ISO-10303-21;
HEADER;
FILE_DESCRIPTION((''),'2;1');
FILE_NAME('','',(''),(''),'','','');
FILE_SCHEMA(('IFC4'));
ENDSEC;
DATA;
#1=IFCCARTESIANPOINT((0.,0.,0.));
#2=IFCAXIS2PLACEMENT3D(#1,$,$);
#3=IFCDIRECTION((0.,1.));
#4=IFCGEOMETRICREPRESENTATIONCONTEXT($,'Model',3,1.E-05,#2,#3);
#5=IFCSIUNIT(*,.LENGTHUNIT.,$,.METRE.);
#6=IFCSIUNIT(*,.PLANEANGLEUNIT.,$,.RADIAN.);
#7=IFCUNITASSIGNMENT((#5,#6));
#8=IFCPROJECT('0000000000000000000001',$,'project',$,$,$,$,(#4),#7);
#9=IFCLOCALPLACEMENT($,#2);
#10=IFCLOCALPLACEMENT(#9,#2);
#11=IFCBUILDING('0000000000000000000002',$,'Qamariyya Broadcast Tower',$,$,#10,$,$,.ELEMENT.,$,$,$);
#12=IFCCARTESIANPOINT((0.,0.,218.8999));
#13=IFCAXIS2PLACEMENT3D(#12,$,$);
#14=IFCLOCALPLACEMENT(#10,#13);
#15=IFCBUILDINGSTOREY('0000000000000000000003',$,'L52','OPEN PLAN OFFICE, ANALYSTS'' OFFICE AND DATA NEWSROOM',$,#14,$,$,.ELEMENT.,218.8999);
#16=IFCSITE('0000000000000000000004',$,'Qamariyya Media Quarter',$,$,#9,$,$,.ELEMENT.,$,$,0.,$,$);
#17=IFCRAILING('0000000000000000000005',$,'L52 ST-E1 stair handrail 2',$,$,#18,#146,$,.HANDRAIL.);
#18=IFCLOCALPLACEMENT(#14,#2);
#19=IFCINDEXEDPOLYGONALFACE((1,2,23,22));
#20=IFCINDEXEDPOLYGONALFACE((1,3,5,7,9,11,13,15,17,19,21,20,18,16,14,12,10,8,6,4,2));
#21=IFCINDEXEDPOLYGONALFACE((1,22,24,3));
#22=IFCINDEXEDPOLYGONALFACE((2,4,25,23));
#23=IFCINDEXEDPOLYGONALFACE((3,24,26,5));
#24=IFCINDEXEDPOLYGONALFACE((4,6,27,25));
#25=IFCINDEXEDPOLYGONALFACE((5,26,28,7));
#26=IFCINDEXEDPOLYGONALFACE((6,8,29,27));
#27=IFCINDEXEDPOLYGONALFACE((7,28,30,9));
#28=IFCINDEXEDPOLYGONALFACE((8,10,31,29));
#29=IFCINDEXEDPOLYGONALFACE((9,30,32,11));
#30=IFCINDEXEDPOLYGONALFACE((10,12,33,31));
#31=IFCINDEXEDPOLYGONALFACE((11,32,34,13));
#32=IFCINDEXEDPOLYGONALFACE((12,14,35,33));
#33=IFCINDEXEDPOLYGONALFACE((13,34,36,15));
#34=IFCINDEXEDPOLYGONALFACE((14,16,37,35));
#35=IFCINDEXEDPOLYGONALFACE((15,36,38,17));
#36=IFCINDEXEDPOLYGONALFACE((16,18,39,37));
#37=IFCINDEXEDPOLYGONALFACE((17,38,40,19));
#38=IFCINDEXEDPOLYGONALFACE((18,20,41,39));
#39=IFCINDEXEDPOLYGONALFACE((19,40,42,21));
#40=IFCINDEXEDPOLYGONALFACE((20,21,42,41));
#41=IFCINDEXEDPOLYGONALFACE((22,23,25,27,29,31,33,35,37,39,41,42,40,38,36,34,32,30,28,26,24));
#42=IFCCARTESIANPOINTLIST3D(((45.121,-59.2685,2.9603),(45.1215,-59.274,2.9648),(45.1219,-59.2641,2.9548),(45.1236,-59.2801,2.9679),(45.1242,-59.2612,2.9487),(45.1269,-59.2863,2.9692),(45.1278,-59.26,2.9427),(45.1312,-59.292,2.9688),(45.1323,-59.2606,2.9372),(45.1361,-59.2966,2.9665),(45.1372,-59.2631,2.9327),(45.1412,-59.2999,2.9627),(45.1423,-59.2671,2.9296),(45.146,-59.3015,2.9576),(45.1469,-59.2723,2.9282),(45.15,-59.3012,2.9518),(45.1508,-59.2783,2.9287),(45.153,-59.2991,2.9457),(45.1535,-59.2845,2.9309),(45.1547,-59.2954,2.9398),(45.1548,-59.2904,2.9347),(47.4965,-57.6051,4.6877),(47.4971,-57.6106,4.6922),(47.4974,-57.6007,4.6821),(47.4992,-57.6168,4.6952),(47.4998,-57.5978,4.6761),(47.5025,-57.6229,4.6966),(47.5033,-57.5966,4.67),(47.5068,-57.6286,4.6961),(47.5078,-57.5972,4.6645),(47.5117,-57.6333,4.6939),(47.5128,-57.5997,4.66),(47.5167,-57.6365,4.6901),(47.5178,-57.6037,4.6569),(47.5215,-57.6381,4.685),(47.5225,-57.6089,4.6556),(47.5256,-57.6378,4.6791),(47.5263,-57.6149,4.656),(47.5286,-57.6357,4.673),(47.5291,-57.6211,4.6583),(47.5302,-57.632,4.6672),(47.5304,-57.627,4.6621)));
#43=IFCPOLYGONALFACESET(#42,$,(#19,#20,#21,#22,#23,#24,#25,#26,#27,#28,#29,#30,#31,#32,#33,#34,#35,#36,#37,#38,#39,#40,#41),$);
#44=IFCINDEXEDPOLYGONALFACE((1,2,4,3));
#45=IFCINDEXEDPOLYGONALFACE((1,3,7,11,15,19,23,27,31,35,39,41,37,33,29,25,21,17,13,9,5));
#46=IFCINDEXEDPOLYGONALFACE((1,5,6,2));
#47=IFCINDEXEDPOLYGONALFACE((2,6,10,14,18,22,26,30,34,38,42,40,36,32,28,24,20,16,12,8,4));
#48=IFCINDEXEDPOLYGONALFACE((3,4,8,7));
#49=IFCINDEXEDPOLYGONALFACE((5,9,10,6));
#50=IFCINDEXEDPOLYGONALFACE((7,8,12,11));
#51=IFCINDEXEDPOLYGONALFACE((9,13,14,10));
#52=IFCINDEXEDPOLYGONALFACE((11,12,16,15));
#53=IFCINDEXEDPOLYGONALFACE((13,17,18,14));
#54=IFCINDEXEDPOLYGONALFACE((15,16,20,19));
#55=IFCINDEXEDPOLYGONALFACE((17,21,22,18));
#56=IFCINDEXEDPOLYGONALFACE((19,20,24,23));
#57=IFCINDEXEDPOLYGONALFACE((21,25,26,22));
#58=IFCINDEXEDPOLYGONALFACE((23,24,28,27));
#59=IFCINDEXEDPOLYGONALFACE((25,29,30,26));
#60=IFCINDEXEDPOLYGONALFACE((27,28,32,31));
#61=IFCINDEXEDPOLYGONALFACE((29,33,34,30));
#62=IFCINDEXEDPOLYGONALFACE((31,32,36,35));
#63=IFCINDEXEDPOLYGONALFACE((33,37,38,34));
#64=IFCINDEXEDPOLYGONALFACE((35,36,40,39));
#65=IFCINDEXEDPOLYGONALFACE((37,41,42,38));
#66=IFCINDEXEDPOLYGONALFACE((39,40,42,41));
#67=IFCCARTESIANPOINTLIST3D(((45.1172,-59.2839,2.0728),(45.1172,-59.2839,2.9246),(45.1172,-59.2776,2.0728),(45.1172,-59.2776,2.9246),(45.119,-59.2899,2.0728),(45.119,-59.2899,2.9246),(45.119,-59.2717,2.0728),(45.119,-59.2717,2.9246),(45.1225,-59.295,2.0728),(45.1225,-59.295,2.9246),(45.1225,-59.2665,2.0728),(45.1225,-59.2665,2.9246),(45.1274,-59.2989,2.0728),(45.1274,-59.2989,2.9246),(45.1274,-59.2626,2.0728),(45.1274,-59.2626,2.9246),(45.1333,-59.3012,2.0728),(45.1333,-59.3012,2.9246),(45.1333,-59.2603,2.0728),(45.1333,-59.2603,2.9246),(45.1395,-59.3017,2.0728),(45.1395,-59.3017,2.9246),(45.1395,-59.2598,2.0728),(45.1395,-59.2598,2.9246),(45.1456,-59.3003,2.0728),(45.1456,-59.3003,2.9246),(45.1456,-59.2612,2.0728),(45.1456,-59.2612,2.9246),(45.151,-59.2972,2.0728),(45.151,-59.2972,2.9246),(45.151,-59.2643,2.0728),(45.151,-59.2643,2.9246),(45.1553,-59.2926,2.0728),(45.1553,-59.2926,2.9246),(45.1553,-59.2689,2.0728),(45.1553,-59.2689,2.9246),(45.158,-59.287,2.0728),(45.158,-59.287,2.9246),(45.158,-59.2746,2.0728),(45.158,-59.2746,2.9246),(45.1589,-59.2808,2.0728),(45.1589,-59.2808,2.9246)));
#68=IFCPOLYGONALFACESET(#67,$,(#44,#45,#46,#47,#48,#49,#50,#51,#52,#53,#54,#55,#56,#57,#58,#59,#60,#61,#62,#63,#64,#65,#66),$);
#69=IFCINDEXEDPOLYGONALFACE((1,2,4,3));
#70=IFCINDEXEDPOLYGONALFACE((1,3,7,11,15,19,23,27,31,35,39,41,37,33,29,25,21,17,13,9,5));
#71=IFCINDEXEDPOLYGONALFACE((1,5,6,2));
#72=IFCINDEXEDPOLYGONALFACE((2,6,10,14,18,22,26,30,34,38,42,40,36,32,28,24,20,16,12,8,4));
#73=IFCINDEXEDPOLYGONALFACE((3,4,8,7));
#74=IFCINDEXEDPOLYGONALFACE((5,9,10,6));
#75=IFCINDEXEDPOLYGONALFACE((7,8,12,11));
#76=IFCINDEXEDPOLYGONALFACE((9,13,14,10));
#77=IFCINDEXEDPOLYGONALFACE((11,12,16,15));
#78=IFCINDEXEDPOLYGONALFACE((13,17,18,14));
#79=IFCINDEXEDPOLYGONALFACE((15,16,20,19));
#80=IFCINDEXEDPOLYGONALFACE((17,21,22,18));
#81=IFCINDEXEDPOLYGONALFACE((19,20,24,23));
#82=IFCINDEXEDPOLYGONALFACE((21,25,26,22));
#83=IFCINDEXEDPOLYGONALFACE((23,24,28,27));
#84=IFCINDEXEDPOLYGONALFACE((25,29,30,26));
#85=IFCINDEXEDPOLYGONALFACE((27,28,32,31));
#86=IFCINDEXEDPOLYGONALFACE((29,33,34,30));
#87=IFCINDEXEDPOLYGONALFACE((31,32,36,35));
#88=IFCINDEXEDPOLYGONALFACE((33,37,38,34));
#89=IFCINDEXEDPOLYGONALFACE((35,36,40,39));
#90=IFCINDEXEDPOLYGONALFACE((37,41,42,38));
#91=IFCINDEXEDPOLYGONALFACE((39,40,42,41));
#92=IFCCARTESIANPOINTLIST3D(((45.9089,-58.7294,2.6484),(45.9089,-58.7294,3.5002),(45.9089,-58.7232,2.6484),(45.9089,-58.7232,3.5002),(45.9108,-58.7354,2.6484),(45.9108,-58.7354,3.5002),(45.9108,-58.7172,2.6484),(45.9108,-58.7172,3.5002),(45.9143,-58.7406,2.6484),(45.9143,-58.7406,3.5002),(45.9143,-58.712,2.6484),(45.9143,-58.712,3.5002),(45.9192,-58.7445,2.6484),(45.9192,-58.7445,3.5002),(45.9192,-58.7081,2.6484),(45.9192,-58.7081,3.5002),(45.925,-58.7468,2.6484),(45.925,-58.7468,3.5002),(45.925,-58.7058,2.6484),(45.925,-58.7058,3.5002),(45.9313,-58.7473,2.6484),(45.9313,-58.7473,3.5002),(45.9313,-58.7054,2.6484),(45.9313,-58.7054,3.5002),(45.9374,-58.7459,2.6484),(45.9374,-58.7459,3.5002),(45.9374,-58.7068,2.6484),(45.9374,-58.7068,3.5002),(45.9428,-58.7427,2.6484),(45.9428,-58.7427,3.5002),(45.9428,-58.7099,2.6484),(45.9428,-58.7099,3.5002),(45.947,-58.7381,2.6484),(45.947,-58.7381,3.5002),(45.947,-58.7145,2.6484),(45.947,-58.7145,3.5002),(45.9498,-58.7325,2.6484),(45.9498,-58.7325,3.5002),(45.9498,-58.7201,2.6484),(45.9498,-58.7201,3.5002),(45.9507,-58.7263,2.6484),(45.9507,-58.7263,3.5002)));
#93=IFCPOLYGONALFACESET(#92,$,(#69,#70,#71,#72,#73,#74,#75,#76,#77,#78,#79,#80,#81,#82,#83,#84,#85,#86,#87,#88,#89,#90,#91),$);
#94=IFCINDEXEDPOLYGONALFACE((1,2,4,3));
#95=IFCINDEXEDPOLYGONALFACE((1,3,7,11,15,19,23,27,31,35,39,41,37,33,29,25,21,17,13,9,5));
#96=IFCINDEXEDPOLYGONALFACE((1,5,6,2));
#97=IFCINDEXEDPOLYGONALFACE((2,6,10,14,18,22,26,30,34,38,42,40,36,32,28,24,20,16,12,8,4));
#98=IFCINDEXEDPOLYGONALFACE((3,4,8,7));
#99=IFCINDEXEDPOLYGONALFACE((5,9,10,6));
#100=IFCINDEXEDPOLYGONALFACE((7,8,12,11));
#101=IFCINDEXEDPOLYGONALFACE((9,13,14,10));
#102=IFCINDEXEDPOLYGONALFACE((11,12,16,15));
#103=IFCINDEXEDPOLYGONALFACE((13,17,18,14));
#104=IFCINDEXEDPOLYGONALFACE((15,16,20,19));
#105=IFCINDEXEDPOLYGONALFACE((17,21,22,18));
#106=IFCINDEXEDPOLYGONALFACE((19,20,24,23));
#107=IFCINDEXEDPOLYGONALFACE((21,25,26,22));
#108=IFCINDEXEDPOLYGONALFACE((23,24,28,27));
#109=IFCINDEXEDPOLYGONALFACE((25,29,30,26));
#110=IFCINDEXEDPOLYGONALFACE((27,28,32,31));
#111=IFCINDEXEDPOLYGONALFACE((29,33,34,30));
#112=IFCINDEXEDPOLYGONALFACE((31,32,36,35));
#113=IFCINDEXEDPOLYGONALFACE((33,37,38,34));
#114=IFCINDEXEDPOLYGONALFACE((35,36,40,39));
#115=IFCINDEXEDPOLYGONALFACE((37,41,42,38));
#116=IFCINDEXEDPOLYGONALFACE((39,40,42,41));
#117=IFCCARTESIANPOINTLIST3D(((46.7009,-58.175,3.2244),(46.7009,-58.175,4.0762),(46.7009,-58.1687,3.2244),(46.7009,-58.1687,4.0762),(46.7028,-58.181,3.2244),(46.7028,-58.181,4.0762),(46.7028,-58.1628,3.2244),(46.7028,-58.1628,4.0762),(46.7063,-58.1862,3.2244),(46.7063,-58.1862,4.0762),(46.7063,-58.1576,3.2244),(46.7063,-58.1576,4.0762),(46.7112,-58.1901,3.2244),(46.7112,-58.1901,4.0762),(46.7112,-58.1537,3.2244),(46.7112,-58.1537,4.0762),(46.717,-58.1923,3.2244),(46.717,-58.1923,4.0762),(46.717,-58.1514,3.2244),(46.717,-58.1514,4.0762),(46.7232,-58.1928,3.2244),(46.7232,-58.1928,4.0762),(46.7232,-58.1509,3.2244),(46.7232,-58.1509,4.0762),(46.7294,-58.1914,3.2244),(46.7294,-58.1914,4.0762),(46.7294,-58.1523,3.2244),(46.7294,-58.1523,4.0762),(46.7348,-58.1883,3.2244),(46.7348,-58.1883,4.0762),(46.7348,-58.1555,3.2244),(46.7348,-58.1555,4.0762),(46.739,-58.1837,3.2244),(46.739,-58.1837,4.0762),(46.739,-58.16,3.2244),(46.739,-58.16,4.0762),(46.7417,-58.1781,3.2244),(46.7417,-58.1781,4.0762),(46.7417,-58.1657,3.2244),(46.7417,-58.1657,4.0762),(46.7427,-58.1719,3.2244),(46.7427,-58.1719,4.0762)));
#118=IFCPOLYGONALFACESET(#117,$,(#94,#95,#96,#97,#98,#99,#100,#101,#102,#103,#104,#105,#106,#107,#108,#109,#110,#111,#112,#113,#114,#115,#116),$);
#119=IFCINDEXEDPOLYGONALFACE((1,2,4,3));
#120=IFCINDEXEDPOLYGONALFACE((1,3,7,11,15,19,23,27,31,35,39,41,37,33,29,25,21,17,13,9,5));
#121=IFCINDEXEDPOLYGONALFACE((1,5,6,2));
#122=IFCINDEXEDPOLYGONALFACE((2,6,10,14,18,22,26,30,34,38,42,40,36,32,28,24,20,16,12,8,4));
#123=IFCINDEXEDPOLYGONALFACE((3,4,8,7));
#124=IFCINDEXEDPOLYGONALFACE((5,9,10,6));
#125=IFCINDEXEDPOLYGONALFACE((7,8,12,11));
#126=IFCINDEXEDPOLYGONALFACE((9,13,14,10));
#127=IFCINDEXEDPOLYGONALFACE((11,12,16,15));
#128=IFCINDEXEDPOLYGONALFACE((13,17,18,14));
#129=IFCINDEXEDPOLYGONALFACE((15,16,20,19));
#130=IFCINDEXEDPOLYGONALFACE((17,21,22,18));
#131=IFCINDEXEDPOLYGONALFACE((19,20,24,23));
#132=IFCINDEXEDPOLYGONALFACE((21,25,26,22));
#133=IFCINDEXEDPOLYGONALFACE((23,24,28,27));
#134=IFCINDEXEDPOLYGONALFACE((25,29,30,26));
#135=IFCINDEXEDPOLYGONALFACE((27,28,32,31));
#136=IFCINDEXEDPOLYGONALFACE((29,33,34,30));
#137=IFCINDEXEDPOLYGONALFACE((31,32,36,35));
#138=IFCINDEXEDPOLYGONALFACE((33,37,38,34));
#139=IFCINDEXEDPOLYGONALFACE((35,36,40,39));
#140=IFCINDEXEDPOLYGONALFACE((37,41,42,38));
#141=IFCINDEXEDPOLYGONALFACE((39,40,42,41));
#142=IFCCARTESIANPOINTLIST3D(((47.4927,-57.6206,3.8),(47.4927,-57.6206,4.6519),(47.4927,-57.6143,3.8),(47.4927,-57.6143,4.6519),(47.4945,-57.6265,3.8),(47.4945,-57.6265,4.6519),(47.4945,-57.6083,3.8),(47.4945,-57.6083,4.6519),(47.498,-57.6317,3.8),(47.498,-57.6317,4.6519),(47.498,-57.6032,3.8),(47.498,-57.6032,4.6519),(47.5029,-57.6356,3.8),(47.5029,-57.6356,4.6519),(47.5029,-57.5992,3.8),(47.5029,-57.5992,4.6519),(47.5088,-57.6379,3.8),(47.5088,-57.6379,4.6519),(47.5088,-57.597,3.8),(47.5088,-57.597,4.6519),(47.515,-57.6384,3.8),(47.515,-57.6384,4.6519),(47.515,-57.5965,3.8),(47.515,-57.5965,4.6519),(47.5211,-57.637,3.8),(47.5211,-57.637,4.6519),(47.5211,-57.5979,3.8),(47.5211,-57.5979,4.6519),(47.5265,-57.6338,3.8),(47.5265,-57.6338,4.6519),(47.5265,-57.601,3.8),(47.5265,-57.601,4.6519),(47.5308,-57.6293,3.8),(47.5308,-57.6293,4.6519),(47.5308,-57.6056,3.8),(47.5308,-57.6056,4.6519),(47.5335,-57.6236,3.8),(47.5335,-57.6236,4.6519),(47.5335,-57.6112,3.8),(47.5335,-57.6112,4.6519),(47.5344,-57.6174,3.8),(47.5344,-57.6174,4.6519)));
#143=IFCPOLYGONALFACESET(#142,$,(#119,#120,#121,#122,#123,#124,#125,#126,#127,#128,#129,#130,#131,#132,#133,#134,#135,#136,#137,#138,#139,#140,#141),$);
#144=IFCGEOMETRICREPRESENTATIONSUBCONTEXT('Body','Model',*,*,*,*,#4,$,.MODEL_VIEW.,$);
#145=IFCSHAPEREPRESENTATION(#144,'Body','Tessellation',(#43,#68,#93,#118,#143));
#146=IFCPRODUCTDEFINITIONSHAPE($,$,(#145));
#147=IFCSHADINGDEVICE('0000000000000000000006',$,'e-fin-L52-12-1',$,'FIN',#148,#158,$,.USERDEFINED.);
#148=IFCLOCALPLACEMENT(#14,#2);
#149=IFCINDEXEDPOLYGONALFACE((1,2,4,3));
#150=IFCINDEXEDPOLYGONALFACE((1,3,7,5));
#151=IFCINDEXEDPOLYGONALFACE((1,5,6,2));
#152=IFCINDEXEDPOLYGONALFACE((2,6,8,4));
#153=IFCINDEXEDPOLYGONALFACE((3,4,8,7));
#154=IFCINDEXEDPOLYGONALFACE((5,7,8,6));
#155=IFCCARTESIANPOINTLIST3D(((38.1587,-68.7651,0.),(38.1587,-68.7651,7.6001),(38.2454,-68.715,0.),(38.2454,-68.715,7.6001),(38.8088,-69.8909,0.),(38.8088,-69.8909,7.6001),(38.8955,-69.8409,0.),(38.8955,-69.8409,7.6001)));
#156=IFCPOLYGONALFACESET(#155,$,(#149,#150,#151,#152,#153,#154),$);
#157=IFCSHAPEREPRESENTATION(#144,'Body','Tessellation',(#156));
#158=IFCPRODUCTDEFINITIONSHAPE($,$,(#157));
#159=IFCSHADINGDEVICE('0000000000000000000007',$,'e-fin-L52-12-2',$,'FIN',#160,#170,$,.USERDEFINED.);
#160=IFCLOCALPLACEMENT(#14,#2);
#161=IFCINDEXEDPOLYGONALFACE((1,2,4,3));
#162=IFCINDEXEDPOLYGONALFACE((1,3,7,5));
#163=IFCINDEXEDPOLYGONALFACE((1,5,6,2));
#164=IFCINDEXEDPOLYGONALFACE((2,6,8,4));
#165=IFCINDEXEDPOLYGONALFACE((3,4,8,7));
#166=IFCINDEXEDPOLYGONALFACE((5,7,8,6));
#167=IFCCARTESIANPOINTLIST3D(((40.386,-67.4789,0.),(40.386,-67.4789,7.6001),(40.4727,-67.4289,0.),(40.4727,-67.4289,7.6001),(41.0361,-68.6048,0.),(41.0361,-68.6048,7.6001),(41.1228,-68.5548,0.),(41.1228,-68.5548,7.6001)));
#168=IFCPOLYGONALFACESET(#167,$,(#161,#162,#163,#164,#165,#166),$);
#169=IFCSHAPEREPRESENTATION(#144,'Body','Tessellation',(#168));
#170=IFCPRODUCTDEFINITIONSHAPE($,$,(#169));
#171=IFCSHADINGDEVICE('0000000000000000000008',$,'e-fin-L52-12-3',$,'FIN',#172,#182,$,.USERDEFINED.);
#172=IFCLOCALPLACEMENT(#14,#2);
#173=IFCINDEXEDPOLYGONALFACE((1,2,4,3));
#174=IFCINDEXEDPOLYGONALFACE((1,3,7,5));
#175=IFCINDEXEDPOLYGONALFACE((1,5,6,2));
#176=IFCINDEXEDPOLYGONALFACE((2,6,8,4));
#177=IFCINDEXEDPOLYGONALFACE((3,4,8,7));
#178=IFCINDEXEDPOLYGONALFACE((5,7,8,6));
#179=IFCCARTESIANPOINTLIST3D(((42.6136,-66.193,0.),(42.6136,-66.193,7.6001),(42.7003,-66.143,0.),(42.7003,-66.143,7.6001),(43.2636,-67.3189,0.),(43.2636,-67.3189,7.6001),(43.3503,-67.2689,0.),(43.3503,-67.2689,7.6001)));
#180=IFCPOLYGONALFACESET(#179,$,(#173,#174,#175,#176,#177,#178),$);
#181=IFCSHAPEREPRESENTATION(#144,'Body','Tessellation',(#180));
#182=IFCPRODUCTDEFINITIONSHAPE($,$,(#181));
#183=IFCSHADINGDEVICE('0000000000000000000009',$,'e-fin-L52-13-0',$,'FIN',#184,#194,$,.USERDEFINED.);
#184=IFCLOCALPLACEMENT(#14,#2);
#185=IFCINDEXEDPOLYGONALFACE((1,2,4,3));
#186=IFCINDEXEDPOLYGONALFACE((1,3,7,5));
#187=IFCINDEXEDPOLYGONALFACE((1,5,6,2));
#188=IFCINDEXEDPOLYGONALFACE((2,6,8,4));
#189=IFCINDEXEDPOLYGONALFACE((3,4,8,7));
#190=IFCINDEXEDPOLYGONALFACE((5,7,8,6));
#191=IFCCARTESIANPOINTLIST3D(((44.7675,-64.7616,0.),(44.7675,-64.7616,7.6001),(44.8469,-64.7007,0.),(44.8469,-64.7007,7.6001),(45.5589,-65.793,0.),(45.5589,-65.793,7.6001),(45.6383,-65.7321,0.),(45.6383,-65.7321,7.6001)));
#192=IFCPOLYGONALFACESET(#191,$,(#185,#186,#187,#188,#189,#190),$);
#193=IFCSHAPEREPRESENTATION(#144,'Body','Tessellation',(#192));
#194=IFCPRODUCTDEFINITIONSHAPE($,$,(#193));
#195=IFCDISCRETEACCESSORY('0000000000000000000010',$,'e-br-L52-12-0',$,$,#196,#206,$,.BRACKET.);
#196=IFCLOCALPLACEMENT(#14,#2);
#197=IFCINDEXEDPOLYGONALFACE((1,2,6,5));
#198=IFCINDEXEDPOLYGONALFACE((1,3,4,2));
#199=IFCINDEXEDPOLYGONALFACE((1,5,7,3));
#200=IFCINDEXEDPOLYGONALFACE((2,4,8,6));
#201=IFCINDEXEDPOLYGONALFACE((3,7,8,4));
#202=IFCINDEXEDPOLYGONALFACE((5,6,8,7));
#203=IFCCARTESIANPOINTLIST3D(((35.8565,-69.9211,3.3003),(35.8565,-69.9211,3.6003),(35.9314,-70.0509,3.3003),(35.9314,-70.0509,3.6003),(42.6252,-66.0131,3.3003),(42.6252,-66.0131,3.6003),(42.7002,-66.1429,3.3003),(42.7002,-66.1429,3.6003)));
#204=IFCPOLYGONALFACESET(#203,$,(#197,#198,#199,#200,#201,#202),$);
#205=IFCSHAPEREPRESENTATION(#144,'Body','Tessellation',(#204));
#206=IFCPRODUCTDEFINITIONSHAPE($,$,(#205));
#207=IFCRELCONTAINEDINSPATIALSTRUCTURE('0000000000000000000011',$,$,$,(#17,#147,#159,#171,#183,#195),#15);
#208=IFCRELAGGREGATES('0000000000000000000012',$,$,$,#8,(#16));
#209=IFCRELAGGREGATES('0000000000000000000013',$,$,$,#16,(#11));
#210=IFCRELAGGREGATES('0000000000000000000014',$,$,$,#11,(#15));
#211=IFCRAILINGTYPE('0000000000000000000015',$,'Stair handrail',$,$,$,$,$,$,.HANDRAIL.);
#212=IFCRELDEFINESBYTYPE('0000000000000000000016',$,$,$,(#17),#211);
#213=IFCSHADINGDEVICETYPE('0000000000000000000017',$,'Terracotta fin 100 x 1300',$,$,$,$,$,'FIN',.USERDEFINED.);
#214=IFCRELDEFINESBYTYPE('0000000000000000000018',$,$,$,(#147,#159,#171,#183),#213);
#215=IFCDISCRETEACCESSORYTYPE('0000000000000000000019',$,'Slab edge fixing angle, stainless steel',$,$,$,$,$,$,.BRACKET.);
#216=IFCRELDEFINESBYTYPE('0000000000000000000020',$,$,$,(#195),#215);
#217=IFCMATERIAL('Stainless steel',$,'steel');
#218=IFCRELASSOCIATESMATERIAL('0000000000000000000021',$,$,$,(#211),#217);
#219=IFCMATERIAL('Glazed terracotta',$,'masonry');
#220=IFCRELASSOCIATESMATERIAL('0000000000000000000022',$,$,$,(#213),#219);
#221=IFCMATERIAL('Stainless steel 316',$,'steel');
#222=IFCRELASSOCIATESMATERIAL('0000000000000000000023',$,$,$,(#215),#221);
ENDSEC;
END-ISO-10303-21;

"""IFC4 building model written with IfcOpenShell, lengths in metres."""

from ifc_helpers import new_model, si_unit, direction, frame, origin, origin_2d, place, context, subcontext, project, spatial, rectangle, circle, extrude, material, material_profile, profile_set, type_object, element, save


model = new_model("IFC4")

# Units and contexts
model_context = context("Model", 3, precision=1e-05, world=origin(), true_north=direction((0.0, 1.0)))
body_context = subcontext(model_context, "Body", "Model", "MODEL_VIEW")
ifc_project = project(units=[si_unit("LENGTHUNIT", "METRE"), si_unit("PLANEANGLEUNIT", "RADIAN")], contexts=[model_context])

# Site, building, storey
site_placement = place(None, origin())
site = spatial("IfcSite", under=ifc_project, at=site_placement, Name="Qamariyya Media Quarter", CompositionType="ELEMENT", RefElevation=0.0)
building_placement = place(site_placement, origin())
building = spatial("IfcBuilding", under=site, at=building_placement, Name="Qamariyya Broadcast Tower", CompositionType="ELEMENT")
storey_placement = place(building_placement, frame((0.0, 0.0, 218.8999)))
storey = spatial("IfcBuildingStorey", under=building, at=storey_placement, Name="L52", Description="OPEN PLAN OFFICE, ANALYSTS' OFFICE AND DATA NEWSROOM", CompositionType="ELEMENT", Elevation=218.8999)

# Railing
ifc_material_1 = material(Name="Stainless steel", Category="steel")
railing_type_1 = type_object("IfcRailingType", Name="Stair handrail", PredefinedType="HANDRAIL", material=ifc_material_1)
railing_1_placement = place(storey_placement, frame((45.1379, -59.2808, 2.0728)))
element("IfcRailing", 1, at=railing_1_placement, inside=storey, type_object=railing_type_1, Name="L52 ST-E1 stair handrail 2", PredefinedType="HANDRAIL", context=body_context, shape_type="SweptSolid", body=[
    extrude(circle(Radius=0.0239, at=origin_2d()), frame((0.0, 0.0, 0.876), z_axis=(0.70377, 0.492784, 0.511734), x_axis=(-0.573575, 0.819153, 0.0)), (0.0, 0.0, 1.0), 3.3755),
    extrude(circle(Radius=0.021, at=origin_2d()), origin(), (0.0, 0.0, 1.0), 0.8518),
    extrude(circle(Radius=0.021, at=origin_2d()), frame((0.7917, 0.5544, 0.5757)), (0.0, 0.0, 1.0), 0.8518),
    extrude(circle(Radius=0.021, at=origin_2d()), frame((1.5837, 1.1089, 1.1516)), (0.0, 0.0, 1.0), 0.8518),
    extrude(circle(Radius=0.021, at=origin_2d()), frame((2.3755, 1.6633, 1.7273)), (0.0, 0.0, 1.0), 0.8518),
])

# Shading devices
ifc_material_2 = material(Name="Glazed terracotta", Category="masonry")
ifc_material_profile_1 = material_profile(ifc_material_2, rectangle(XDim=1.3, YDim=0.1001, at=origin_2d()))
ifc_profile_set_1 = profile_set([ifc_material_profile_1], Name="Glazed terracotta")
shading_device_type = type_object("IfcShadingDeviceType", Name="Terracotta fin 100 x 1300", ElementType="FIN", PredefinedType="USERDEFINED", material=ifc_profile_set_1)
for number, where, z_axis, x_axis, name in (
    (2, (38.5271, -69.303, 0.0), (0.0, 0.0, 1.0), (0.5, -0.866025, 0.0), "e-fin-L52-12-1"),
    (3, (40.7544, -68.0168, 0.0), (0.0, 0.0, 1.0), (0.5, -0.866025, 0.0), "e-fin-L52-12-2"),
    (4, (42.9819, -66.731, 0.0), (0.0, 0.0, 1.0), (0.5, -0.866025, 0.0), "e-fin-L52-12-3"),
    (5, (45.2029, -65.2468, 0.0), (0.0, 0.0, 1.0), (0.608761, -0.793353, 0.0), "e-fin-L52-13-0"),
):
    element("IfcShadingDevice", number, at=place(storey_placement, frame(where, z_axis=z_axis, x_axis=x_axis)), inside=storey, type_object=shading_device_type, Name=name, ObjectType="FIN", PredefinedType="USERDEFINED", context=body_context, shape_type="SweptSolid", body=[
        extrude(rectangle(XDim=1.3, YDim=0.1001, at=origin_2d()), origin(), (0.0, 0.0, 1.0), 7.6001),
    ])

# Discrete accessory
ifc_material_3 = material(Name="Stainless steel 316", Category="steel")
discrete_accessory_type = type_object("IfcDiscreteAccessoryType", Name="Slab edge fixing angle, stainless steel", PredefinedType="BRACKET", material=ifc_material_3)
discrete_accessory_1_placement = place(storey_placement, frame((39.2783, -68.032, 3.3003), z_axis=(0.0, 0.0, 1.0), x_axis=(0.866025, 0.5, 0.0)))
element("IfcDiscreteAccessory", 6, at=discrete_accessory_1_placement, inside=storey, type_object=discrete_accessory_type, Name="e-br-L52-12-0", PredefinedType="BRACKET", context=body_context, shape_type="SweptSolid", body=[
    extrude(rectangle(XDim=7.8159, YDim=0.1499, at=origin_2d()), origin(), (0.0, 0.0, 1.0), 0.3),
])

save(model, "model.ifc")
